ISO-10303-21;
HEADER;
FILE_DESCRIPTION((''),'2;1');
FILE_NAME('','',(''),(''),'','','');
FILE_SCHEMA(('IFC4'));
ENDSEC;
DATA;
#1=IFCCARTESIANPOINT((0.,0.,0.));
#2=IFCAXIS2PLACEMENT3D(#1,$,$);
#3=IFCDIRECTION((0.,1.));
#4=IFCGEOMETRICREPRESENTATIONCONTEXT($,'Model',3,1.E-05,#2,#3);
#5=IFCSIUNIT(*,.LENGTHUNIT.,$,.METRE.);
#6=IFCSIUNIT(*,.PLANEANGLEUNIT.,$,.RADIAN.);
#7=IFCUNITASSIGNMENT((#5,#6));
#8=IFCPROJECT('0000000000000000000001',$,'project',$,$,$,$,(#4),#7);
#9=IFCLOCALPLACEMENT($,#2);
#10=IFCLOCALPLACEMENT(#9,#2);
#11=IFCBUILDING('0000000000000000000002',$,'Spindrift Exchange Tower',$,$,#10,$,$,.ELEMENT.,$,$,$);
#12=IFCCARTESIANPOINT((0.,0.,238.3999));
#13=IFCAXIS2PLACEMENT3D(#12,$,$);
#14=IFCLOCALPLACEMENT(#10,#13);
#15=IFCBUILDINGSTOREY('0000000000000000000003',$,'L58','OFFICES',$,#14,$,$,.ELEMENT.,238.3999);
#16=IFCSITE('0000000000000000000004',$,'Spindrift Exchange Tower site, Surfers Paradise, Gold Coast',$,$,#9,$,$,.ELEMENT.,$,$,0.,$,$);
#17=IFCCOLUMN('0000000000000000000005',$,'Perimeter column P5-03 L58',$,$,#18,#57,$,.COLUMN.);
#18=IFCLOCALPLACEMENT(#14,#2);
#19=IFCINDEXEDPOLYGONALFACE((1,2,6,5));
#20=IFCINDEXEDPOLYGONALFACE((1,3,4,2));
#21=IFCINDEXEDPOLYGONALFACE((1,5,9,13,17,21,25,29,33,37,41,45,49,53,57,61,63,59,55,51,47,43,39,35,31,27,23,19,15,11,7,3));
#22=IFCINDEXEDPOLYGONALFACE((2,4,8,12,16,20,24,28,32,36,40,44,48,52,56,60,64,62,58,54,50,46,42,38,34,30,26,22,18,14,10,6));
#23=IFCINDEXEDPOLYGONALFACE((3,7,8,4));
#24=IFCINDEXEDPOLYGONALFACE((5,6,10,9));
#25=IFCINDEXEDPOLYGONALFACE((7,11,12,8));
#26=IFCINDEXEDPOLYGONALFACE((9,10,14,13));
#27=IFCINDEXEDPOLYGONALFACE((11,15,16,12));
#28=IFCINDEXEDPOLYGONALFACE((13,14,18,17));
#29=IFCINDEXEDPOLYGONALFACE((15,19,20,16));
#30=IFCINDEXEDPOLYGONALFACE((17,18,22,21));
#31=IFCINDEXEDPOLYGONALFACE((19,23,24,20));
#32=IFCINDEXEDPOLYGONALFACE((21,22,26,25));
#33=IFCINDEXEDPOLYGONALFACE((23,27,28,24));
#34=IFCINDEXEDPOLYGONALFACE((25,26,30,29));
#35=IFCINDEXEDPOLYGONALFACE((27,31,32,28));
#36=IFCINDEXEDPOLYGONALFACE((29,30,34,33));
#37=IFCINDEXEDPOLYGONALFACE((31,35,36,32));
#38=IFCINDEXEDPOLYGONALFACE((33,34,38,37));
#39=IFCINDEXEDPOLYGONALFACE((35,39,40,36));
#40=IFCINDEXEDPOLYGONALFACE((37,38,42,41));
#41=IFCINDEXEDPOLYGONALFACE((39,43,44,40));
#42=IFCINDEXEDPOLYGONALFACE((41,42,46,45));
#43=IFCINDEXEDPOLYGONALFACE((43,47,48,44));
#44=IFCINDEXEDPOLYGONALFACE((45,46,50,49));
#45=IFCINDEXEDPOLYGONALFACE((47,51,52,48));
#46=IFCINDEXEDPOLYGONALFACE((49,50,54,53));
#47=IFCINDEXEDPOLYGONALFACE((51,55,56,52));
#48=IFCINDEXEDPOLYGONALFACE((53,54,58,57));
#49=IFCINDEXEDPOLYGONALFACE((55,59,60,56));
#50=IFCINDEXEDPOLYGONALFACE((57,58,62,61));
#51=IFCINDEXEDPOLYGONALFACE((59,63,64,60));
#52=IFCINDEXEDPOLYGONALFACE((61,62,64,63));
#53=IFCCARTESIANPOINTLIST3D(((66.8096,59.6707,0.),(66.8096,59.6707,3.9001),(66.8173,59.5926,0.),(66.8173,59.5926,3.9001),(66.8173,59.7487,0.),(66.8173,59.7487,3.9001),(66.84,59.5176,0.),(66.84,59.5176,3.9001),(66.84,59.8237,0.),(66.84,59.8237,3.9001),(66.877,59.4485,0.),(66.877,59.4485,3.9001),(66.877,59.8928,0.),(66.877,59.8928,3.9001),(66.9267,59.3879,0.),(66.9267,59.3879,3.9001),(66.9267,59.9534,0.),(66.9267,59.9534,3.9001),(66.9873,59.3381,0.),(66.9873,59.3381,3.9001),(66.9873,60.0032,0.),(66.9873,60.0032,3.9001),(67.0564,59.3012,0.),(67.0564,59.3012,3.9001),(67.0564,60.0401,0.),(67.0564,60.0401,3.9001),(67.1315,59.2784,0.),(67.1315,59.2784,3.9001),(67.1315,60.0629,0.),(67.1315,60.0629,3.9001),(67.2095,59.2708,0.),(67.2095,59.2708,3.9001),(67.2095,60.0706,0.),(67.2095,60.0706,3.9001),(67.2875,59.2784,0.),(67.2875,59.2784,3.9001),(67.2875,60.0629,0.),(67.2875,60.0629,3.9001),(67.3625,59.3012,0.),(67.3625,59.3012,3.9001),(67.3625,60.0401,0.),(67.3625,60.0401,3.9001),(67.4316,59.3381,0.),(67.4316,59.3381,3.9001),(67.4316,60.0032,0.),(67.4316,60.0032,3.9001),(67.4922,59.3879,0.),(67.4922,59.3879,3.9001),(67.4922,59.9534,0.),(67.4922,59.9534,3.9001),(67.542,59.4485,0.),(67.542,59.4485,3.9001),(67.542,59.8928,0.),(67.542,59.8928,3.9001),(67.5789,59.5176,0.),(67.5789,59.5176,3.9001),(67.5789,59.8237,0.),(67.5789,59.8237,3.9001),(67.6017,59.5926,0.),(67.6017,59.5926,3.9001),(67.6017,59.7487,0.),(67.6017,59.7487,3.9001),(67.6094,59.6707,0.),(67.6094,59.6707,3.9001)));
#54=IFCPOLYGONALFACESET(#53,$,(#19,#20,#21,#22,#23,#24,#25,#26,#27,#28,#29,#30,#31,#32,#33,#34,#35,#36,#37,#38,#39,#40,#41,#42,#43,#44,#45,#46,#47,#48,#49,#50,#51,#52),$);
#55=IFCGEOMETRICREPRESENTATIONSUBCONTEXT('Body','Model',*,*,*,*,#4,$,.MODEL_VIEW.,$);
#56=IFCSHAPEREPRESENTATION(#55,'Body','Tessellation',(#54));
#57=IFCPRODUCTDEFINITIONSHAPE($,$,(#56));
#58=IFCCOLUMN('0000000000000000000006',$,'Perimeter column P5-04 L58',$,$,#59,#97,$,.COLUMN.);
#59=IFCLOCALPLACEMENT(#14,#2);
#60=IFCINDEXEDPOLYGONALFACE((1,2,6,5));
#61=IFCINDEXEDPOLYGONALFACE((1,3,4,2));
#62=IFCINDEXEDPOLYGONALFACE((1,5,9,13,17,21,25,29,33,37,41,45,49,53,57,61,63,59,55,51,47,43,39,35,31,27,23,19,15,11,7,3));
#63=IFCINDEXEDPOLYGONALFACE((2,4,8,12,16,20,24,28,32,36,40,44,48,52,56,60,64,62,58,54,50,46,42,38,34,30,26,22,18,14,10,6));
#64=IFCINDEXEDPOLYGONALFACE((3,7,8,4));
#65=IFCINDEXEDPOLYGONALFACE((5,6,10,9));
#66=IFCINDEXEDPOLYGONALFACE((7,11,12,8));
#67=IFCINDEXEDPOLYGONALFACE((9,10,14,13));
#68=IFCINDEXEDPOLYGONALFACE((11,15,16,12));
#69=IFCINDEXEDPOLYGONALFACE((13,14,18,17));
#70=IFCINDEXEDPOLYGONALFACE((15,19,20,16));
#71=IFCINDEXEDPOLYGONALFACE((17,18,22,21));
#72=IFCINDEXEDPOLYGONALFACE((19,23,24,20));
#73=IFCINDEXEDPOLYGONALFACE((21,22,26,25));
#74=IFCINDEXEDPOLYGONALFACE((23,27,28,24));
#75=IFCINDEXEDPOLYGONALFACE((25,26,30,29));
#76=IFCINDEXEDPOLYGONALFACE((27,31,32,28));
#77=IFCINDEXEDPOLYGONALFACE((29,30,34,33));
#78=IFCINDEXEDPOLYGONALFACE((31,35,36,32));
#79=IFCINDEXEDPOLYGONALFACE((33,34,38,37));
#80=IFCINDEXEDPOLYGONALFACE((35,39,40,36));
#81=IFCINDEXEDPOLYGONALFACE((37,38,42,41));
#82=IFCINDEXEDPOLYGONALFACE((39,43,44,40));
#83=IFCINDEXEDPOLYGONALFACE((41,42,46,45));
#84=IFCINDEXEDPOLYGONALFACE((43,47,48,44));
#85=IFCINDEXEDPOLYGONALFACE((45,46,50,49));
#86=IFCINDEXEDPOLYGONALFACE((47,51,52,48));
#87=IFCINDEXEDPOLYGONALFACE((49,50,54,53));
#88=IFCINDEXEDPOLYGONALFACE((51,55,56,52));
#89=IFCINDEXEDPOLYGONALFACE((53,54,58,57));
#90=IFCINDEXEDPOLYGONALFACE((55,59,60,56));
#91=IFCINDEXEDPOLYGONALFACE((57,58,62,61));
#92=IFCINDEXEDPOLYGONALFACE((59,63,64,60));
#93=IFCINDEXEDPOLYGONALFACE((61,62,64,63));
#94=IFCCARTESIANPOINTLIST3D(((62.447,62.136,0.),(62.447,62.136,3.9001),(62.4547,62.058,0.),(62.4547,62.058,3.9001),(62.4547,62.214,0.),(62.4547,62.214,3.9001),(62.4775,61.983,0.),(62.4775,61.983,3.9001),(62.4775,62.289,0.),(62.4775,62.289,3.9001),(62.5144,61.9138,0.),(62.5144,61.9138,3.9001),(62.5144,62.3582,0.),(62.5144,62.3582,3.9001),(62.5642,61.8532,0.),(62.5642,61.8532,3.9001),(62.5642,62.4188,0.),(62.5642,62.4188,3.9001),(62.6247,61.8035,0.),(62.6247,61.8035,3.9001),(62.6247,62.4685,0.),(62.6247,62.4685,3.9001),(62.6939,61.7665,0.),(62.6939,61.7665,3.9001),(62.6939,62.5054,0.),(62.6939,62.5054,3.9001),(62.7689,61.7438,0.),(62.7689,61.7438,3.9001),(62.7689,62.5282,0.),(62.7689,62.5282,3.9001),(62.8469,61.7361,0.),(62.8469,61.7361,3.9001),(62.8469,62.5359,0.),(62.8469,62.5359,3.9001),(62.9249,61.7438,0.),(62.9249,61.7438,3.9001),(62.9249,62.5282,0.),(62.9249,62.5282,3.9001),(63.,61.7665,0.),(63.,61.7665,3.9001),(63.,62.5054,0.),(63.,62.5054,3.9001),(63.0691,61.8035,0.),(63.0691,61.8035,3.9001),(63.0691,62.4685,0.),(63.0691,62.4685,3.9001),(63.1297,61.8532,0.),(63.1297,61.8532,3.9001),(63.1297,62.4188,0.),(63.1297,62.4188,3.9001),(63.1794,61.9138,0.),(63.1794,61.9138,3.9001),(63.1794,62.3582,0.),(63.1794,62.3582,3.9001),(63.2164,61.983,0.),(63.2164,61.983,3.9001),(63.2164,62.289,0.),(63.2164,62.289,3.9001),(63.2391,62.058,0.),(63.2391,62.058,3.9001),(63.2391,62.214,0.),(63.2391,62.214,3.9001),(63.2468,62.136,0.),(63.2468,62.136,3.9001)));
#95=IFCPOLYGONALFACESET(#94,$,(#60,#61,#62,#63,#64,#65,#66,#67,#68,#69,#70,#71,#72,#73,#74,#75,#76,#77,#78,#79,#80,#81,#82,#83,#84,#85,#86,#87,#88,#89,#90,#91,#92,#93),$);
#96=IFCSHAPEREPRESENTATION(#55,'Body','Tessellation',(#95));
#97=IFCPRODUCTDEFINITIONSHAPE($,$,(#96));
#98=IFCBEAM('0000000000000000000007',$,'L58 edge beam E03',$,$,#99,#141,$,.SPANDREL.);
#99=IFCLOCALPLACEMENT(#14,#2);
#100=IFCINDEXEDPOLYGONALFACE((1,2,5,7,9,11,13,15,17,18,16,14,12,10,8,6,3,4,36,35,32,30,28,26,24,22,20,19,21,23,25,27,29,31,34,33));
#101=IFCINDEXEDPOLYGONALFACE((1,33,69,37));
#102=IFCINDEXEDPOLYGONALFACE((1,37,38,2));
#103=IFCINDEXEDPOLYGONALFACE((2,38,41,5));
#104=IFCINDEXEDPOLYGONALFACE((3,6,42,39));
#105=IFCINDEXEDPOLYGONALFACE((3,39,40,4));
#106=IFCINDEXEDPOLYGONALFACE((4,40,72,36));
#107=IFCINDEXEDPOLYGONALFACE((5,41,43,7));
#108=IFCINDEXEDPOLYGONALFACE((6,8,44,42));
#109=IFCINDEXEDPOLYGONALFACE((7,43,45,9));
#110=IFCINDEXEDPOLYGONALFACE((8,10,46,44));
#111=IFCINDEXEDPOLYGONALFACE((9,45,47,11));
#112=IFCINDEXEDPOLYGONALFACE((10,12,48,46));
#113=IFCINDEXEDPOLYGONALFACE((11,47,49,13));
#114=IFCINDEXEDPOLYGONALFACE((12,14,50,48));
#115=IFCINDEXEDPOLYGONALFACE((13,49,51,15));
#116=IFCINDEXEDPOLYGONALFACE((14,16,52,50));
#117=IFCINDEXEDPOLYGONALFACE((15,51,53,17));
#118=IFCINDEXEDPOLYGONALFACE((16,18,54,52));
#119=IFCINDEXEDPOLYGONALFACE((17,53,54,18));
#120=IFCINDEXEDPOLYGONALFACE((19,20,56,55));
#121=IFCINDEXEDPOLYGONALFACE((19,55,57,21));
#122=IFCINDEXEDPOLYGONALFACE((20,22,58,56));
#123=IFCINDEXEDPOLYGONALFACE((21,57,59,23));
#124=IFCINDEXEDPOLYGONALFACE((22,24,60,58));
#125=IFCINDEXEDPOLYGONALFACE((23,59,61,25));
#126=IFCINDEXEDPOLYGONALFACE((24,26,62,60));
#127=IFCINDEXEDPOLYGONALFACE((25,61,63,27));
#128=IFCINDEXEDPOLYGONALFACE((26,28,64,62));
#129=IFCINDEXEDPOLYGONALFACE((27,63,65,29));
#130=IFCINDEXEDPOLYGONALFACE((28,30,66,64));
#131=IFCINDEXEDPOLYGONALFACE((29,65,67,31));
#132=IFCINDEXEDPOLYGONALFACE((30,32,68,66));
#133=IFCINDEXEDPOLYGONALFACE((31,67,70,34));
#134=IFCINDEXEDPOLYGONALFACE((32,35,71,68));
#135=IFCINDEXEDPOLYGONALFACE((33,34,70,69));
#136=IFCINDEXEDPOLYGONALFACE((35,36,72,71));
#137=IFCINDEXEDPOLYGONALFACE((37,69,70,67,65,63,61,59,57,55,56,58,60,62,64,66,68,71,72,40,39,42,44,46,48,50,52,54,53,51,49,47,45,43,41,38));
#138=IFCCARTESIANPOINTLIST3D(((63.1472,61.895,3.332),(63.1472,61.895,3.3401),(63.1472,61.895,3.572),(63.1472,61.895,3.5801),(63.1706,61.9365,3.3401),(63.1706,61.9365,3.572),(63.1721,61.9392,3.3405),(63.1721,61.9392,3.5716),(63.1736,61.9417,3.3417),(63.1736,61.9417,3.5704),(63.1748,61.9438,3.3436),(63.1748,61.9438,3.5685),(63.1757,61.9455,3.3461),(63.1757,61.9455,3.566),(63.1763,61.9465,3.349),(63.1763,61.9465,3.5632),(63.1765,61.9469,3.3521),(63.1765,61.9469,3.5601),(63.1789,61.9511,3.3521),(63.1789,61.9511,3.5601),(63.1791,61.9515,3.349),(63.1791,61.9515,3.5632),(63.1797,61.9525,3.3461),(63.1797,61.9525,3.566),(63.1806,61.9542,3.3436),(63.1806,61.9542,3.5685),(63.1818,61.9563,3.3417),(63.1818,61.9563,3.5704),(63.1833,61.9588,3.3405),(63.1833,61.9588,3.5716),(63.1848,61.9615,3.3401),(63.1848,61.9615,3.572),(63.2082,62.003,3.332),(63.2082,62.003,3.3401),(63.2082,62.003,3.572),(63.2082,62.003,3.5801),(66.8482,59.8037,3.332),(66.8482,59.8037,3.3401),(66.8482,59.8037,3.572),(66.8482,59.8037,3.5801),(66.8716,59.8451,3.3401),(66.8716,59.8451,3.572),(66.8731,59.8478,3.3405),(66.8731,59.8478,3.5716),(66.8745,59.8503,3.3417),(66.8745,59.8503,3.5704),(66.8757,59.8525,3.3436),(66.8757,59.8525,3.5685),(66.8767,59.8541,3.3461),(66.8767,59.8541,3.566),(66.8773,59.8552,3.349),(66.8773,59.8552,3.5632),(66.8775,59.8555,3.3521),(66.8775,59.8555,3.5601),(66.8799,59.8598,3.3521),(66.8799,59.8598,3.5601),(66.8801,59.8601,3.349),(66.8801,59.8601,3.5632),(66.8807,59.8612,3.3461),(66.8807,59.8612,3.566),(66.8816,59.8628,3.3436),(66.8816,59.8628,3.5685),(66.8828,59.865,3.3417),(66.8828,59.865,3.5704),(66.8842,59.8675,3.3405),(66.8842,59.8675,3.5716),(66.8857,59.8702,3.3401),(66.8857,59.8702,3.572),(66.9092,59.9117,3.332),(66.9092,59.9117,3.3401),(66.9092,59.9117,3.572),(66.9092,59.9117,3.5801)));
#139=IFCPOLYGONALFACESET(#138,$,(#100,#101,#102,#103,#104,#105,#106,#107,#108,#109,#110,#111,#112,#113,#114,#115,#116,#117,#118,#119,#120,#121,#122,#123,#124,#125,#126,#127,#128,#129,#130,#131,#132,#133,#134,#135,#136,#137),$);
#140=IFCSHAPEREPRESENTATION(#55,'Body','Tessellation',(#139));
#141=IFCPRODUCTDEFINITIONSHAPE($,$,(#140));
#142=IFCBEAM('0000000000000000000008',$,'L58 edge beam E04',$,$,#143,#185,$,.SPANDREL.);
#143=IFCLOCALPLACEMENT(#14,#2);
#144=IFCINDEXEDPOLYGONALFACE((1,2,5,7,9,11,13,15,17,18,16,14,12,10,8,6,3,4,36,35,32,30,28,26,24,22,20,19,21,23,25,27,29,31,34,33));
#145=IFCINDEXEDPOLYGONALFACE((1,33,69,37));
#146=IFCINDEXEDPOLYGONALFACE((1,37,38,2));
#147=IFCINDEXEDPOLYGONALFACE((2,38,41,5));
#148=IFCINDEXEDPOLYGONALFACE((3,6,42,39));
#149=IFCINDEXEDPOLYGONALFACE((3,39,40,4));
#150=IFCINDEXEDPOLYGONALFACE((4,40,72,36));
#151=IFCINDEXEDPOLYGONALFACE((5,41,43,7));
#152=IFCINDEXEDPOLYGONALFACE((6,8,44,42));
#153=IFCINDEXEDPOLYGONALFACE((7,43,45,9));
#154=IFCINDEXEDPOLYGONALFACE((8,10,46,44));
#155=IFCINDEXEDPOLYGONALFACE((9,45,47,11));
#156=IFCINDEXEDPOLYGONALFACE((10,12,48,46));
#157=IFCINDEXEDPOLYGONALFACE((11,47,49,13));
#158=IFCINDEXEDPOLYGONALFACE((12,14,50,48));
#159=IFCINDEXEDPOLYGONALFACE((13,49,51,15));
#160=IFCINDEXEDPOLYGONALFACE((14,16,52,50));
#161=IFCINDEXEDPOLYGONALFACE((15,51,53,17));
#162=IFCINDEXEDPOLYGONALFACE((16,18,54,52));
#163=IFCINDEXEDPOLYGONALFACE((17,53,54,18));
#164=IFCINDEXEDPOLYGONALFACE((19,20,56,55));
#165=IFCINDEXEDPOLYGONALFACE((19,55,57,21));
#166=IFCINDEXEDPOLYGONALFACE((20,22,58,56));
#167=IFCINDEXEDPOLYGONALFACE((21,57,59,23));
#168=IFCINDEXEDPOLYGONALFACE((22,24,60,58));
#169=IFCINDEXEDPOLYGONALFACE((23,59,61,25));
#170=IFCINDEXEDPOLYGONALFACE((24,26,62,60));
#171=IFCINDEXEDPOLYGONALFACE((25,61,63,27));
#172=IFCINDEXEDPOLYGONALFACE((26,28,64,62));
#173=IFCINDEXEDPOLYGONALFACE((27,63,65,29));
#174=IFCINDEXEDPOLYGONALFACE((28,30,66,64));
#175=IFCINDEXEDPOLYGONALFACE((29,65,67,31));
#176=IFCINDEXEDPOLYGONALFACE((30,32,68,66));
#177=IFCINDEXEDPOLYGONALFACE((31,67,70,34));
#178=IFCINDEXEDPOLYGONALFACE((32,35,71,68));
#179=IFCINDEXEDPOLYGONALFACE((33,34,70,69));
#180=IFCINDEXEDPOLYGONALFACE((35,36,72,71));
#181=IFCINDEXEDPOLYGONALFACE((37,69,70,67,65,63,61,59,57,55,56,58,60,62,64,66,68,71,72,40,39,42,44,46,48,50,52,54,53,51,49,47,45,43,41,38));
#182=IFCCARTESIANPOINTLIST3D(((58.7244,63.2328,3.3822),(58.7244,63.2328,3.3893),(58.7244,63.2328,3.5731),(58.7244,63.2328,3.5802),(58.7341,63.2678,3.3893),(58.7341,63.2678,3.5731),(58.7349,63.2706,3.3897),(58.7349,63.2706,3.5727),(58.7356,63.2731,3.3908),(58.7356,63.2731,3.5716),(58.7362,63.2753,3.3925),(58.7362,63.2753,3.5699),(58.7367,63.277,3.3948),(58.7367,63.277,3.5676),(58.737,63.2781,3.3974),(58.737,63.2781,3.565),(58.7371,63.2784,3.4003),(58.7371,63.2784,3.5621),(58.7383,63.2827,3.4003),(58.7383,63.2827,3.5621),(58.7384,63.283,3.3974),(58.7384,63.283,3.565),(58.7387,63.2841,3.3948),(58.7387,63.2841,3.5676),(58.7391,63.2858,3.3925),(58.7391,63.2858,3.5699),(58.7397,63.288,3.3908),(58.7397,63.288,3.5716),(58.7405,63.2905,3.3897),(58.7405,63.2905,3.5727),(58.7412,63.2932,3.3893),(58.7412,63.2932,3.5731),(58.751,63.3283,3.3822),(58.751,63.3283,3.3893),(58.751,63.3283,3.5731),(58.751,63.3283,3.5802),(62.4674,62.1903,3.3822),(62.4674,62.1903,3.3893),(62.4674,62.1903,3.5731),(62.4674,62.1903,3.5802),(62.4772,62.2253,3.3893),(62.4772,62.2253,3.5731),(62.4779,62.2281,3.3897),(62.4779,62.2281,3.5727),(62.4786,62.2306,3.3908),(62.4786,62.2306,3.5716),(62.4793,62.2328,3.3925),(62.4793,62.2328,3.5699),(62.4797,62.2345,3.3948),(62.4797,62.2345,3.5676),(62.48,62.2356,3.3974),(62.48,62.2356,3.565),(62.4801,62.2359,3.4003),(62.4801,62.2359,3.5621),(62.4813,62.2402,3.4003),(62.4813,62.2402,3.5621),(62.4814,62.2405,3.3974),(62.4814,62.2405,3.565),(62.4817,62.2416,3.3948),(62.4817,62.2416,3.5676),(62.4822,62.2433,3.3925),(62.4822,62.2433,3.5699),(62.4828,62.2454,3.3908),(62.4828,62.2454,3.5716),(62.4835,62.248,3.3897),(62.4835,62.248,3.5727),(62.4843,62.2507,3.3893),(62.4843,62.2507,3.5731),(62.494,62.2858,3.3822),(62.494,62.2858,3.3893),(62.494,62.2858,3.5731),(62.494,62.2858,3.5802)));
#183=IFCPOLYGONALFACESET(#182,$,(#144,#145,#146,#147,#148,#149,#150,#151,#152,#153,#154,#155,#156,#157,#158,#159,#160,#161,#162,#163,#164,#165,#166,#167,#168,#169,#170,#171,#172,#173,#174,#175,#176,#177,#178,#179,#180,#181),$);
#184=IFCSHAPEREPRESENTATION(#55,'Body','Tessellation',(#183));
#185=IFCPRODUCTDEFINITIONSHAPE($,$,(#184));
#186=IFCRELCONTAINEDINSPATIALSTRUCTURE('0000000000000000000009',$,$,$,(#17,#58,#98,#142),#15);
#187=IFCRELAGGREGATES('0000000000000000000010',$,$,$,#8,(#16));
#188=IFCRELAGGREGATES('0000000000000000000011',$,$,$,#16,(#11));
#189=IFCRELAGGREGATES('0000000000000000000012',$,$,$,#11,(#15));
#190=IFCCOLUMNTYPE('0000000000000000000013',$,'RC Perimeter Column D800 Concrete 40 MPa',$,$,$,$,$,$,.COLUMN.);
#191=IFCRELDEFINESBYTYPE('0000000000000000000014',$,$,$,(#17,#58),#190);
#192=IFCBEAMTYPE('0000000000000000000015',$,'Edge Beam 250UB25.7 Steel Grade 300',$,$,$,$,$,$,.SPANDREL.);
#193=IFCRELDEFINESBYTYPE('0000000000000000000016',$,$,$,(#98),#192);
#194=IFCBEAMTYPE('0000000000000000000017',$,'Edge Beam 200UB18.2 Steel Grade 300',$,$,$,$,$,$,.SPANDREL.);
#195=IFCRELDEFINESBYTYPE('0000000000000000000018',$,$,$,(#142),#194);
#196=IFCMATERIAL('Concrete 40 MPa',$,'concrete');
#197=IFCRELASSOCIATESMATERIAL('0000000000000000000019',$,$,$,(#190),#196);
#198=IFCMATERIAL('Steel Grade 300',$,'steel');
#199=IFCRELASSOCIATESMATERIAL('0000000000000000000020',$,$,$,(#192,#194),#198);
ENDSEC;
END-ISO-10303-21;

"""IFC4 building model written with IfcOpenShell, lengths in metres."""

from ifc_helpers import new_model, si_unit, direction, frame, origin, origin_2d, place, context, subcontext, project, spatial, circle, i_section, extrude, source, transform, mapped, material, material_profile, profile_set, type_object, element, save


model = new_model("IFC4")

# Units and contexts
model_context = context("Model", 3, precision=1e-05, world=origin(), true_north=direction((0.0, 1.0)))
body_context = subcontext(model_context, "Body", "Model", "MODEL_VIEW")
ifc_project = project(units=[si_unit("LENGTHUNIT", "METRE"), si_unit("PLANEANGLEUNIT", "RADIAN")], contexts=[model_context])

# Site, building, storey
site_placement = place(None, origin())
site = spatial("IfcSite", under=ifc_project, at=site_placement, Name="Spindrift Exchange Tower site, Surfers Paradise, Gold Coast", CompositionType="ELEMENT", RefElevation=0.0)
building_placement = place(site_placement, origin())
building = spatial("IfcBuilding", under=site, at=building_placement, Name="Spindrift Exchange Tower", CompositionType="ELEMENT")
storey_placement = place(building_placement, frame((0.0, 0.0, 238.3999)))
storey = spatial("IfcBuildingStorey", under=building, at=storey_placement, Name="L58", Description="OFFICES", CompositionType="ELEMENT", Elevation=238.3999)

# Columns
ifc_material_1 = material(Name="Concrete 40 MPa", Category="concrete")
ifc_material_profile_1 = material_profile(ifc_material_1, circle(Radius=0.3999, at=origin_2d()), Name="RC D800")
ifc_profile_set_1 = profile_set([ifc_material_profile_1], Name="Concrete 40 MPa")
column_type = type_object("IfcColumnType", Name="RC Perimeter Column D800 Concrete 40 MPa", PredefinedType="COLUMN", material=ifc_profile_set_1)
shared_shape_1 = source(origin(), body_context, "Body", "SweptSolid", [
    extrude(circle(Radius=0.3999, at=origin_2d()), origin(), (0.0, 0.0, 1.0), 3.9001),
])
for number, where, z_axis, x_axis, name in (
    (1, (67.2095, 59.6707, 0.0), (0.0, 0.0, 1.0), (1.0, 0.0, 0.0), "Perimeter column P5-03 L58"),
    (2, (62.8469, 62.136, 0.0), (0.0, 0.0, 1.0), (1.0, 0.0, 0.0), "Perimeter column P5-04 L58"),
):
    element("IfcColumn", number, at=place(storey_placement, frame(where, z_axis=z_axis, x_axis=x_axis)), inside=storey, type_object=column_type, Name=name, PredefinedType="COLUMN", context=body_context, shape_type="MappedRepresentation", body=[
        mapped(shared_shape_1, transform((0.0, 0.0, 0.0), scale=1.0)),
    ])

# Beams
ifc_material_2 = material(Name="Steel Grade 300", Category="steel")
ifc_material_profile_2 = material_profile(ifc_material_2, i_section(OverallWidth=0.124, OverallDepth=0.248, WebThickness=0.0049, FlangeThickness=0.0081, FilletRadius=0.012, at=origin_2d()), Name="250UB25.7")
ifc_profile_set_2 = profile_set([ifc_material_profile_2], Name="Steel Grade 300")
beam_type_1 = type_object("IfcBeamType", Name="Edge Beam 250UB25.7 Steel Grade 300", PredefinedType="SPANDREL", material=ifc_profile_set_2)
shared_shape_2 = source(origin(), body_context, "Body", "SweptSolid", [
    extrude(i_section(OverallWidth=0.124, OverallDepth=0.248, WebThickness=0.0049, FlangeThickness=0.0081, FilletRadius=0.012, at=origin_2d()), origin(), (0.0, 0.0, 1.0), 4.251),
])
beam_1_placement = place(storey_placement, frame((66.8787, 59.8577, 3.4561), z_axis=(-0.870615, 0.491965, 0.0), x_axis=(-0.491965, -0.870615, 0.0)))
element("IfcBeam", 3, at=beam_1_placement, inside=storey, type_object=beam_type_1, Name="L58 edge beam E03", PredefinedType="SPANDREL", context=body_context, shape_type="MappedRepresentation", body=[
    mapped(shared_shape_2, transform((0.0, 0.0, 0.0), scale=1.0)),
])
ifc_material_profile_3 = material_profile(ifc_material_2, i_section(OverallWidth=0.0991, OverallDepth=0.198, WebThickness=0.0044, FlangeThickness=0.0071, FilletRadius=0.011, at=origin_2d()), Name="200UB18.2")
ifc_profile_set_3 = profile_set([ifc_material_profile_3], Name="Steel Grade 300")
beam_type_2 = type_object("IfcBeamType", Name="Edge Beam 200UB18.2 Steel Grade 300", PredefinedType="SPANDREL", material=ifc_profile_set_3)
shared_shape_3 = source(origin(), body_context, "Body", "SweptSolid", [
    extrude(i_section(OverallWidth=0.0991, OverallDepth=0.198, WebThickness=0.0044, FlangeThickness=0.0071, FilletRadius=0.011, at=origin_2d()), origin(), (0.0, 0.0, 1.0), 3.8855),
])
beam_2_placement = place(storey_placement, frame((62.4807, 62.238, 3.4812), z_axis=(-0.963333, 0.268308, 0.0), x_axis=(-0.268308, -0.963333, 0.0)))
element("IfcBeam", 4, at=beam_2_placement, inside=storey, type_object=beam_type_2, Name="L58 edge beam E04", PredefinedType="SPANDREL", context=body_context, shape_type="MappedRepresentation", body=[
    mapped(shared_shape_3, transform((0.0, 0.0, 0.0), scale=1.0)),
])

save(model, "model.ifc")
